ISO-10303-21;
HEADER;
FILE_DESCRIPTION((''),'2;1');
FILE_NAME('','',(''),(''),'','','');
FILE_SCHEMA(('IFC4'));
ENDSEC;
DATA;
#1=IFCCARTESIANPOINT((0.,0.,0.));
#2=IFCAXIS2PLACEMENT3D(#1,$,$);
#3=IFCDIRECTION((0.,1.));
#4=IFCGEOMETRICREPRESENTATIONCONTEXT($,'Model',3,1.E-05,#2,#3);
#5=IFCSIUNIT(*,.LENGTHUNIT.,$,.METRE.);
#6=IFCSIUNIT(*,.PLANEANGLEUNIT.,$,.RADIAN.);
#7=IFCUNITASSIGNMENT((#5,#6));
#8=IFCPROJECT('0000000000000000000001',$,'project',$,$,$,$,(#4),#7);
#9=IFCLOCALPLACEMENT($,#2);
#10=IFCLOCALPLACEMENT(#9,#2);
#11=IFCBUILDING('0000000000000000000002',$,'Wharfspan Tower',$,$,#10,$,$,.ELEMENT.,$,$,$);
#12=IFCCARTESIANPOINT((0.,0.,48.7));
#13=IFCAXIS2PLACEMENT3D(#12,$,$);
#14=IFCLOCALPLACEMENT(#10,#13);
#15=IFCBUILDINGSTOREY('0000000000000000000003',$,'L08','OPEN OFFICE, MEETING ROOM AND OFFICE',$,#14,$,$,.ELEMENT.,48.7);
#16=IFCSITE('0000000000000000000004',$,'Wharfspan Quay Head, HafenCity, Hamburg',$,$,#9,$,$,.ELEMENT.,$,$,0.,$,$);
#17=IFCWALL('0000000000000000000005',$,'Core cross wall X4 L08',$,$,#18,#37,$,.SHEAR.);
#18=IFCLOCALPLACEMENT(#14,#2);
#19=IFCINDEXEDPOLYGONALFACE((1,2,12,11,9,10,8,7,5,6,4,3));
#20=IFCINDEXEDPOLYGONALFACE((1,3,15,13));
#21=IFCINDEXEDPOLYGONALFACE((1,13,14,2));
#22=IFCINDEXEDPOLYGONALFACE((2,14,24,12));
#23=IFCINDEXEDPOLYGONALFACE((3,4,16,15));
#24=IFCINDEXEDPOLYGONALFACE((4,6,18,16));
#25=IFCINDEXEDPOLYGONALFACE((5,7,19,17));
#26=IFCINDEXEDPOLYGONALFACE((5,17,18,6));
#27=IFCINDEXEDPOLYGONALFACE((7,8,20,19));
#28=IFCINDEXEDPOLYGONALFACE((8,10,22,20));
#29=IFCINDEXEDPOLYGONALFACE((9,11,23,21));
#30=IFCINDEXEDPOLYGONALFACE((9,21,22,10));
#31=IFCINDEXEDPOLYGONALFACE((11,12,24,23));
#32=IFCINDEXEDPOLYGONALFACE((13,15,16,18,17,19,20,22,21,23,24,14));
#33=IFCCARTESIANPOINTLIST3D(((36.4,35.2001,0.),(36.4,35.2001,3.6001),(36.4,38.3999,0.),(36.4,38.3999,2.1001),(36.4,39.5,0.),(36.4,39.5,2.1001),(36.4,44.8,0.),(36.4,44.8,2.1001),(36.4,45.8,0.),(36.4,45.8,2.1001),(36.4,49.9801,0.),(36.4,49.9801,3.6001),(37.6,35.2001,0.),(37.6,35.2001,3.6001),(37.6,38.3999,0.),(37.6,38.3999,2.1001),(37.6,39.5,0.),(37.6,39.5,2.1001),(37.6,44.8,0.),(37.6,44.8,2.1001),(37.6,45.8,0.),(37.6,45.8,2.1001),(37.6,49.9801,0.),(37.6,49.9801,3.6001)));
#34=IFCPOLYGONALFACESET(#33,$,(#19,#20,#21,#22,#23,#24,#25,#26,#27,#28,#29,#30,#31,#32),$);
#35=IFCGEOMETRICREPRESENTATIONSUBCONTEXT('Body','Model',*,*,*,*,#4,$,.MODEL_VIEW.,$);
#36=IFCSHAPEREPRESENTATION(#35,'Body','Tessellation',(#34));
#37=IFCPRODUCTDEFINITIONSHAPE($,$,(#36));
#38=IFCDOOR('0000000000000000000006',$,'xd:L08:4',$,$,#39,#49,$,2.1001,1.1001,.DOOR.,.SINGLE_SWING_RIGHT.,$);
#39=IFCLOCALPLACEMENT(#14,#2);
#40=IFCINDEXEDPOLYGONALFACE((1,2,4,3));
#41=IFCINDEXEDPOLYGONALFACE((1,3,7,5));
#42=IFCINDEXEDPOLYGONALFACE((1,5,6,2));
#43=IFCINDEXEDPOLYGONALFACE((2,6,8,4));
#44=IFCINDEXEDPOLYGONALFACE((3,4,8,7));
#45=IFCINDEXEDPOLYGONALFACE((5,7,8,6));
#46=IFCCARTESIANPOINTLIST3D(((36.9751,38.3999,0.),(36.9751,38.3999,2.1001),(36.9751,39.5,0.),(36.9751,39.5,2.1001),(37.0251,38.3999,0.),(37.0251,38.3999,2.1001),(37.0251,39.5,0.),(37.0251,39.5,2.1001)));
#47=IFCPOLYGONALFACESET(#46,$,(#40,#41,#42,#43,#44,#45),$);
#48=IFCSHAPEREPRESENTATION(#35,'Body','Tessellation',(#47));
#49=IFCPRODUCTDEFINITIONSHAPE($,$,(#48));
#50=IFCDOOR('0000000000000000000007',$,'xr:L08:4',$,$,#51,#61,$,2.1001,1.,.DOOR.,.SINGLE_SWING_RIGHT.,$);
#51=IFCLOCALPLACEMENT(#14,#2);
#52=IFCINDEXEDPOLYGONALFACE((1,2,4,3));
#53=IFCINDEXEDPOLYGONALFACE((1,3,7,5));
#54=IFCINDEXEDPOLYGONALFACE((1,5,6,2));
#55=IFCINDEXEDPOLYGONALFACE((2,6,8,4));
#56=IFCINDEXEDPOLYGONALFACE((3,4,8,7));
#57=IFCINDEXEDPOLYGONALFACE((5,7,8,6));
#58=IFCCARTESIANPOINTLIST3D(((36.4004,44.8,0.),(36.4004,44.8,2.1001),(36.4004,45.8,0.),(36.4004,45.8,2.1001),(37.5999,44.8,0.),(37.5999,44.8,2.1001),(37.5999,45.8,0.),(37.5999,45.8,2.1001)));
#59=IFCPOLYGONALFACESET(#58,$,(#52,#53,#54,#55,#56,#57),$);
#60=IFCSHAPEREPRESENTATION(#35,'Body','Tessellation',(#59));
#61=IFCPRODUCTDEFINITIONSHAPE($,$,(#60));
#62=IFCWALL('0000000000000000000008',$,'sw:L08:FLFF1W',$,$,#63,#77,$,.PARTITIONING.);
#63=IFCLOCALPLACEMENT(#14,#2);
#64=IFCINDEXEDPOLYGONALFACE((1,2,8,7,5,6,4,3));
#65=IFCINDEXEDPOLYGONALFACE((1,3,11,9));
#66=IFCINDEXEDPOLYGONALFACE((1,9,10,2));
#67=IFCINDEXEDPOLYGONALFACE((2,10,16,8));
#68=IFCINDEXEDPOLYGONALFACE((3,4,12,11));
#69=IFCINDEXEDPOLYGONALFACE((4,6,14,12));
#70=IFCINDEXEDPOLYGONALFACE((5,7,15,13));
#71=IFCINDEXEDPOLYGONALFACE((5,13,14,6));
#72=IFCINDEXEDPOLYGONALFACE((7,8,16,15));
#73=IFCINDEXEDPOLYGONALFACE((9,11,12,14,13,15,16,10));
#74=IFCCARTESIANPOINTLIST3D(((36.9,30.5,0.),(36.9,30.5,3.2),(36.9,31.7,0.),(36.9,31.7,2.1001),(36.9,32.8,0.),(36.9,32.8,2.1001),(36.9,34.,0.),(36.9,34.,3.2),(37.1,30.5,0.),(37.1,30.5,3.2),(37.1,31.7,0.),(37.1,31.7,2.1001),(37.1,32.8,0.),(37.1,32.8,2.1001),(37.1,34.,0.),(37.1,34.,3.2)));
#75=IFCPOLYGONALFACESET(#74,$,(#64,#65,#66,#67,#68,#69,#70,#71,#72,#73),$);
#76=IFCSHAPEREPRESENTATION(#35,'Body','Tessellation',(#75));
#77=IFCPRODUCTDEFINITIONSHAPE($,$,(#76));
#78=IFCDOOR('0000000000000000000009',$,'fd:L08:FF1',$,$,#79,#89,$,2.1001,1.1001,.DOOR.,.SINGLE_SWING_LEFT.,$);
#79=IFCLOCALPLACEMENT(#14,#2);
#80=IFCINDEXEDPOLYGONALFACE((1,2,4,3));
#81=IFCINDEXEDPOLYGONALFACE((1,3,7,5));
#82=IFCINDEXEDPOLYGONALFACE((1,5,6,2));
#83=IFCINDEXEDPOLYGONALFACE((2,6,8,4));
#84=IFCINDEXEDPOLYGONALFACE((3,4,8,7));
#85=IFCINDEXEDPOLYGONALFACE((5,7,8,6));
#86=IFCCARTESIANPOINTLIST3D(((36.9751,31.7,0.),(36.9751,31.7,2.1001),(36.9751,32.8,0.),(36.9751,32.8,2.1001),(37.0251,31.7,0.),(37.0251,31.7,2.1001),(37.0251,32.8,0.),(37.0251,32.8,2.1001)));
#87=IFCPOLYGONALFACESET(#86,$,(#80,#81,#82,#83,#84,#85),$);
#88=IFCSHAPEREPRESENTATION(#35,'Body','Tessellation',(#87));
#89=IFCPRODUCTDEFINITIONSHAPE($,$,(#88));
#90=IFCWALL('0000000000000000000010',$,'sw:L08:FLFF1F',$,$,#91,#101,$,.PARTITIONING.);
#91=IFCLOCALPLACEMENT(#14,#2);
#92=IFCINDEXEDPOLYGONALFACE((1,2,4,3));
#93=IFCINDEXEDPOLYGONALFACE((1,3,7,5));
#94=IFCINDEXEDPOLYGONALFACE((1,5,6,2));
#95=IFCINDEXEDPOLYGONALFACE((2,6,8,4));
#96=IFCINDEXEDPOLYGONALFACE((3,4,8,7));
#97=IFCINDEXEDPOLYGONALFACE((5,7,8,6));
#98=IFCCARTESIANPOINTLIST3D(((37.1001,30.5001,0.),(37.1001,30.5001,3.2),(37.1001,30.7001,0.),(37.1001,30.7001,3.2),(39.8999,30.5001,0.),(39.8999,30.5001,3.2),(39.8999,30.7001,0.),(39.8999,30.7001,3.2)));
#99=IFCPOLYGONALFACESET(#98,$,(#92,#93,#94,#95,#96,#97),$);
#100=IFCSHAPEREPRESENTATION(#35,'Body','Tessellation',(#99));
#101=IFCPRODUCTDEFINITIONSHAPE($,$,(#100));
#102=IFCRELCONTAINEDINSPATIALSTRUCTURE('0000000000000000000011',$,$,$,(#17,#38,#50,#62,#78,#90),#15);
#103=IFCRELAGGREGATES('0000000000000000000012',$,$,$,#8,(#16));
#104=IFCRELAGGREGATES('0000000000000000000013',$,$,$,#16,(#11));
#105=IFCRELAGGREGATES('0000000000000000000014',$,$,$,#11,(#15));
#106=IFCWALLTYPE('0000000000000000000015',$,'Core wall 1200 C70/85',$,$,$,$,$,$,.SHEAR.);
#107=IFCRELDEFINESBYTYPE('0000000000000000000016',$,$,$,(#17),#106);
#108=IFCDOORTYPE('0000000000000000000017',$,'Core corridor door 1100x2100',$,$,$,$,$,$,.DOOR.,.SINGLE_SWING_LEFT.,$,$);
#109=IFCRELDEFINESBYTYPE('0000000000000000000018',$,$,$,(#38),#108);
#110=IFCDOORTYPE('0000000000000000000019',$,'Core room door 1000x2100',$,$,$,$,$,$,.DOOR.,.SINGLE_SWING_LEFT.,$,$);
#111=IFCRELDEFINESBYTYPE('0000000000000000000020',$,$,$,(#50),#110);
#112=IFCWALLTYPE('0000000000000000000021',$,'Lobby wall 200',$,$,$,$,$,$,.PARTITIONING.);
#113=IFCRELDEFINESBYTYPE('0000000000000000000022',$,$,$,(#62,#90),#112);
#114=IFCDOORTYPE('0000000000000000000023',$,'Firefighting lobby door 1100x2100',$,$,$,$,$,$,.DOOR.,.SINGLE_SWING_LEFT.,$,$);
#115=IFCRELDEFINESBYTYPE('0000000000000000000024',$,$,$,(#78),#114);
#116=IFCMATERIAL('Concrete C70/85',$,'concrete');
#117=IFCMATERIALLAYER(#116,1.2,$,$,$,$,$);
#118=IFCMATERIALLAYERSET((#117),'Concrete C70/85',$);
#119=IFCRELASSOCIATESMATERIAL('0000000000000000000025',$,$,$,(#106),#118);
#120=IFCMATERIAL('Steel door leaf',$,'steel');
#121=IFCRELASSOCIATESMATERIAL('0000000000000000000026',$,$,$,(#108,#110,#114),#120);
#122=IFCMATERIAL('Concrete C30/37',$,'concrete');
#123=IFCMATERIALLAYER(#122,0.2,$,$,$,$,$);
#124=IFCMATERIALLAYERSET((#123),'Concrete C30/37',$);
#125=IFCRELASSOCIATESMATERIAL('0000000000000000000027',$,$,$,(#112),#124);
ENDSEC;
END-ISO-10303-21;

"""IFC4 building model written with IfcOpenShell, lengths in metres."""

from ifc_helpers import new_model, si_unit, direction, frame, frame_2d, origin, place, context, subcontext, project, spatial, rectangle, extrude, material, layer, layer_set, type_object, element, fill, save


model = new_model("IFC4")

# Units and contexts
model_context = context("Model", 3, precision=1e-05, world=origin(), true_north=direction((0.0, 1.0)))
body_context = subcontext(model_context, "Body", "Model", "MODEL_VIEW")
ifc_project = project(units=[si_unit("LENGTHUNIT", "METRE"), si_unit("PLANEANGLEUNIT", "RADIAN")], contexts=[model_context])

# Site, building, storey
site_placement = place(None, origin())
site = spatial("IfcSite", under=ifc_project, at=site_placement, Name="Wharfspan Quay Head, HafenCity, Hamburg", CompositionType="ELEMENT", RefElevation=0.0)
building_placement = place(site_placement, origin())
building = spatial("IfcBuilding", under=site, at=building_placement, Name="Wharfspan Tower", CompositionType="ELEMENT")
storey_placement = place(building_placement, frame((0.0, 0.0, 48.7)))
storey = spatial("IfcBuildingStorey", under=building, at=storey_placement, Name="L08", Description="OPEN OFFICE, MEETING ROOM AND OFFICE", CompositionType="ELEMENT", Elevation=48.7)

# Shared definitions
ifc_material_1 = material(Name="Concrete C70/85", Category="concrete")
ifc_layer_1 = layer(ifc_material_1, 1.2)
ifc_layer_set_1 = layer_set([ifc_layer_1], Name="Concrete C70/85")
wall_type_1 = type_object("IfcWallType", Name="Core wall 1200 C70/85", PredefinedType="SHEAR", material=ifc_layer_set_1)
ifc_material_2 = material(Name="Steel door leaf", Category="steel")
door_type_1 = type_object("IfcDoorType", Name="Core corridor door 1100x2100", OperationType="SINGLE_SWING_LEFT", PredefinedType="DOOR", material=ifc_material_2)
door_type_2 = type_object("IfcDoorType", Name="Core room door 1000x2100", OperationType="SINGLE_SWING_LEFT", PredefinedType="DOOR", material=ifc_material_2)

# Wall, openings, doors
wall_1_placement = place(storey_placement, frame((37.0, 35.2, 0.0), z_axis=(0.0, 0.0, 1.0), x_axis=(0.0, 1.0, 0.0)))
wall_1 = element("IfcWall", 1, at=wall_1_placement, inside=storey, type_object=wall_type_1, Name="Core cross wall X4 L08", PredefinedType="SHEAR", context=body_context, shape_type="SweptSolid", body=[
    extrude(rectangle(XDim=14.78, YDim=1.2, at=frame_2d((7.3901, 0.0))), origin(), (0.0, 0.0, 1.0), 3.6001),
])
opening_1_placement = place(wall_1_placement, frame((3.2, 0.0, 0.0)))
opening_1 = element("IfcOpeningElement", 2, at=opening_1_placement, cuts=wall_1, PredefinedType="OPENING", context=body_context, shape_type="SweptSolid", body=[
    extrude(rectangle(XDim=1.1001, YDim=2.1001, at=frame_2d((0.55, 1.05))), frame((0.0, 0.6099, 0.0), z_axis=(0.0, -1.0, 0.0), x_axis=(1.0, 0.0, 0.0)), (0.0, 0.0, 1.0), 1.22),
])
opening_2_placement = place(wall_1_placement, frame((9.6001, 0.0, 0.0)))
opening_2 = element("IfcOpeningElement", 3, at=opening_2_placement, cuts=wall_1, PredefinedType="OPENING", context=body_context, shape_type="SweptSolid", body=[
    extrude(rectangle(XDim=1.0, YDim=2.1001, at=frame_2d((0.5, 1.05))), frame((0.0, 0.6099, 0.0), z_axis=(0.0, -1.0, 0.0), x_axis=(1.0, 0.0, 0.0)), (0.0, 0.0, 1.0), 1.22),
])
door_1_placement = place(opening_1_placement, origin())
door_1 = element("IfcDoor", 4, at=door_1_placement, inside=storey, type_object=door_type_1, Name="xd:L08:4", OperationType="SINGLE_SWING_RIGHT", OverallHeight=2.1001, OverallWidth=1.1001, PredefinedType="DOOR", context=body_context, shape_type="SweptSolid", body=[
    extrude(rectangle(XDim=1.1001, YDim=2.1001, at=frame_2d((0.55, 1.05))), frame((0.0, 0.0249, 0.0), z_axis=(0.0, -1.0, 0.0), x_axis=(1.0, 0.0, 0.0)), (0.0, 0.0, 1.0), 0.05),
])
fill(opening_1, door_1)
door_2_placement = place(opening_2_placement, origin())
door_2 = element("IfcDoor", 5, at=door_2_placement, inside=storey, type_object=door_type_2, Name="xr:L08:4", OperationType="SINGLE_SWING_RIGHT", OverallHeight=2.1001, OverallWidth=1.0, PredefinedType="DOOR", context=body_context, shape_type="SweptSolid", body=[
    extrude(rectangle(XDim=1.0, YDim=2.1001, at=frame_2d((0.5, 1.05))), frame((0.0, 0.5996, 0.0), z_axis=(0.0, -1.0, 0.0), x_axis=(1.0, 0.0, 0.0)), (0.0, 0.0, 1.0), 1.1995),
])
fill(opening_2, door_2)

# Wall, opening, door
ifc_material_3 = material(Name="Concrete C30/37", Category="concrete")
ifc_layer_2 = layer(ifc_material_3, 0.2)
ifc_layer_set_2 = layer_set([ifc_layer_2], Name="Concrete C30/37")
wall_type_2 = type_object("IfcWallType", Name="Lobby wall 200", PredefinedType="PARTITIONING", material=ifc_layer_set_2)
wall_2_placement = place(storey_placement, frame((37.0, 30.5, 0.0), z_axis=(0.0, 0.0, 1.0), x_axis=(0.0, 1.0, 0.0)))
wall_2 = element("IfcWall", 6, at=wall_2_placement, inside=storey, type_object=wall_type_2, Name="sw:L08:FLFF1W", PredefinedType="PARTITIONING", context=body_context, shape_type="SweptSolid", body=[
    extrude(rectangle(XDim=3.5, YDim=0.2, at=frame_2d((1.75, 0.0))), origin(), (0.0, 0.0, 1.0), 3.2),
])
opening_3_placement = place(wall_2_placement, frame((1.2, 0.0, 0.0)))
opening_3 = element("IfcOpeningElement", 7, at=opening_3_placement, cuts=wall_2, PredefinedType="OPENING", context=body_context, shape_type="SweptSolid", body=[
    extrude(rectangle(XDim=1.1001, YDim=2.1001, at=frame_2d((0.55, 1.05))), frame((0.0, 0.1099, 0.0), z_axis=(0.0, -1.0, 0.0), x_axis=(1.0, 0.0, 0.0)), (0.0, 0.0, 1.0), 0.22),
])
door_type_3 = type_object("IfcDoorType", Name="Firefighting lobby door 1100x2100", OperationType="SINGLE_SWING_LEFT", PredefinedType="DOOR", material=ifc_material_2)
door_3_placement = place(opening_3_placement, origin())
door_3 = element("IfcDoor", 8, at=door_3_placement, inside=storey, type_object=door_type_3, Name="fd:L08:FF1", OperationType="SINGLE_SWING_LEFT", OverallHeight=2.1001, OverallWidth=1.1001, PredefinedType="DOOR", context=body_context, shape_type="SweptSolid", body=[
    extrude(rectangle(XDim=1.1001, YDim=2.1001, at=frame_2d((0.55, 1.05))), frame((0.0, 0.0249, 0.0), z_axis=(0.0, -1.0, 0.0), x_axis=(1.0, 0.0, 0.0)), (0.0, 0.0, 1.0), 0.05),
])
fill(opening_3, door_3)

# Wall
wall_3_placement = place(storey_placement, frame((37.1001, 30.6001, 0.0), z_axis=(0.0, 0.0, 1.0), x_axis=(1.0, 0.0, 0.0)))
element("IfcWall", 9, at=wall_3_placement, inside=storey, type_object=wall_type_2, Name="sw:L08:FLFF1F", PredefinedType="PARTITIONING", context=body_context, shape_type="SweptSolid", body=[
    extrude(rectangle(XDim=2.7998, YDim=0.2, at=frame_2d((1.3999, 0.0))), origin(), (0.0, 0.0, 1.0), 3.2),
])

save(model, "model.ifc")
